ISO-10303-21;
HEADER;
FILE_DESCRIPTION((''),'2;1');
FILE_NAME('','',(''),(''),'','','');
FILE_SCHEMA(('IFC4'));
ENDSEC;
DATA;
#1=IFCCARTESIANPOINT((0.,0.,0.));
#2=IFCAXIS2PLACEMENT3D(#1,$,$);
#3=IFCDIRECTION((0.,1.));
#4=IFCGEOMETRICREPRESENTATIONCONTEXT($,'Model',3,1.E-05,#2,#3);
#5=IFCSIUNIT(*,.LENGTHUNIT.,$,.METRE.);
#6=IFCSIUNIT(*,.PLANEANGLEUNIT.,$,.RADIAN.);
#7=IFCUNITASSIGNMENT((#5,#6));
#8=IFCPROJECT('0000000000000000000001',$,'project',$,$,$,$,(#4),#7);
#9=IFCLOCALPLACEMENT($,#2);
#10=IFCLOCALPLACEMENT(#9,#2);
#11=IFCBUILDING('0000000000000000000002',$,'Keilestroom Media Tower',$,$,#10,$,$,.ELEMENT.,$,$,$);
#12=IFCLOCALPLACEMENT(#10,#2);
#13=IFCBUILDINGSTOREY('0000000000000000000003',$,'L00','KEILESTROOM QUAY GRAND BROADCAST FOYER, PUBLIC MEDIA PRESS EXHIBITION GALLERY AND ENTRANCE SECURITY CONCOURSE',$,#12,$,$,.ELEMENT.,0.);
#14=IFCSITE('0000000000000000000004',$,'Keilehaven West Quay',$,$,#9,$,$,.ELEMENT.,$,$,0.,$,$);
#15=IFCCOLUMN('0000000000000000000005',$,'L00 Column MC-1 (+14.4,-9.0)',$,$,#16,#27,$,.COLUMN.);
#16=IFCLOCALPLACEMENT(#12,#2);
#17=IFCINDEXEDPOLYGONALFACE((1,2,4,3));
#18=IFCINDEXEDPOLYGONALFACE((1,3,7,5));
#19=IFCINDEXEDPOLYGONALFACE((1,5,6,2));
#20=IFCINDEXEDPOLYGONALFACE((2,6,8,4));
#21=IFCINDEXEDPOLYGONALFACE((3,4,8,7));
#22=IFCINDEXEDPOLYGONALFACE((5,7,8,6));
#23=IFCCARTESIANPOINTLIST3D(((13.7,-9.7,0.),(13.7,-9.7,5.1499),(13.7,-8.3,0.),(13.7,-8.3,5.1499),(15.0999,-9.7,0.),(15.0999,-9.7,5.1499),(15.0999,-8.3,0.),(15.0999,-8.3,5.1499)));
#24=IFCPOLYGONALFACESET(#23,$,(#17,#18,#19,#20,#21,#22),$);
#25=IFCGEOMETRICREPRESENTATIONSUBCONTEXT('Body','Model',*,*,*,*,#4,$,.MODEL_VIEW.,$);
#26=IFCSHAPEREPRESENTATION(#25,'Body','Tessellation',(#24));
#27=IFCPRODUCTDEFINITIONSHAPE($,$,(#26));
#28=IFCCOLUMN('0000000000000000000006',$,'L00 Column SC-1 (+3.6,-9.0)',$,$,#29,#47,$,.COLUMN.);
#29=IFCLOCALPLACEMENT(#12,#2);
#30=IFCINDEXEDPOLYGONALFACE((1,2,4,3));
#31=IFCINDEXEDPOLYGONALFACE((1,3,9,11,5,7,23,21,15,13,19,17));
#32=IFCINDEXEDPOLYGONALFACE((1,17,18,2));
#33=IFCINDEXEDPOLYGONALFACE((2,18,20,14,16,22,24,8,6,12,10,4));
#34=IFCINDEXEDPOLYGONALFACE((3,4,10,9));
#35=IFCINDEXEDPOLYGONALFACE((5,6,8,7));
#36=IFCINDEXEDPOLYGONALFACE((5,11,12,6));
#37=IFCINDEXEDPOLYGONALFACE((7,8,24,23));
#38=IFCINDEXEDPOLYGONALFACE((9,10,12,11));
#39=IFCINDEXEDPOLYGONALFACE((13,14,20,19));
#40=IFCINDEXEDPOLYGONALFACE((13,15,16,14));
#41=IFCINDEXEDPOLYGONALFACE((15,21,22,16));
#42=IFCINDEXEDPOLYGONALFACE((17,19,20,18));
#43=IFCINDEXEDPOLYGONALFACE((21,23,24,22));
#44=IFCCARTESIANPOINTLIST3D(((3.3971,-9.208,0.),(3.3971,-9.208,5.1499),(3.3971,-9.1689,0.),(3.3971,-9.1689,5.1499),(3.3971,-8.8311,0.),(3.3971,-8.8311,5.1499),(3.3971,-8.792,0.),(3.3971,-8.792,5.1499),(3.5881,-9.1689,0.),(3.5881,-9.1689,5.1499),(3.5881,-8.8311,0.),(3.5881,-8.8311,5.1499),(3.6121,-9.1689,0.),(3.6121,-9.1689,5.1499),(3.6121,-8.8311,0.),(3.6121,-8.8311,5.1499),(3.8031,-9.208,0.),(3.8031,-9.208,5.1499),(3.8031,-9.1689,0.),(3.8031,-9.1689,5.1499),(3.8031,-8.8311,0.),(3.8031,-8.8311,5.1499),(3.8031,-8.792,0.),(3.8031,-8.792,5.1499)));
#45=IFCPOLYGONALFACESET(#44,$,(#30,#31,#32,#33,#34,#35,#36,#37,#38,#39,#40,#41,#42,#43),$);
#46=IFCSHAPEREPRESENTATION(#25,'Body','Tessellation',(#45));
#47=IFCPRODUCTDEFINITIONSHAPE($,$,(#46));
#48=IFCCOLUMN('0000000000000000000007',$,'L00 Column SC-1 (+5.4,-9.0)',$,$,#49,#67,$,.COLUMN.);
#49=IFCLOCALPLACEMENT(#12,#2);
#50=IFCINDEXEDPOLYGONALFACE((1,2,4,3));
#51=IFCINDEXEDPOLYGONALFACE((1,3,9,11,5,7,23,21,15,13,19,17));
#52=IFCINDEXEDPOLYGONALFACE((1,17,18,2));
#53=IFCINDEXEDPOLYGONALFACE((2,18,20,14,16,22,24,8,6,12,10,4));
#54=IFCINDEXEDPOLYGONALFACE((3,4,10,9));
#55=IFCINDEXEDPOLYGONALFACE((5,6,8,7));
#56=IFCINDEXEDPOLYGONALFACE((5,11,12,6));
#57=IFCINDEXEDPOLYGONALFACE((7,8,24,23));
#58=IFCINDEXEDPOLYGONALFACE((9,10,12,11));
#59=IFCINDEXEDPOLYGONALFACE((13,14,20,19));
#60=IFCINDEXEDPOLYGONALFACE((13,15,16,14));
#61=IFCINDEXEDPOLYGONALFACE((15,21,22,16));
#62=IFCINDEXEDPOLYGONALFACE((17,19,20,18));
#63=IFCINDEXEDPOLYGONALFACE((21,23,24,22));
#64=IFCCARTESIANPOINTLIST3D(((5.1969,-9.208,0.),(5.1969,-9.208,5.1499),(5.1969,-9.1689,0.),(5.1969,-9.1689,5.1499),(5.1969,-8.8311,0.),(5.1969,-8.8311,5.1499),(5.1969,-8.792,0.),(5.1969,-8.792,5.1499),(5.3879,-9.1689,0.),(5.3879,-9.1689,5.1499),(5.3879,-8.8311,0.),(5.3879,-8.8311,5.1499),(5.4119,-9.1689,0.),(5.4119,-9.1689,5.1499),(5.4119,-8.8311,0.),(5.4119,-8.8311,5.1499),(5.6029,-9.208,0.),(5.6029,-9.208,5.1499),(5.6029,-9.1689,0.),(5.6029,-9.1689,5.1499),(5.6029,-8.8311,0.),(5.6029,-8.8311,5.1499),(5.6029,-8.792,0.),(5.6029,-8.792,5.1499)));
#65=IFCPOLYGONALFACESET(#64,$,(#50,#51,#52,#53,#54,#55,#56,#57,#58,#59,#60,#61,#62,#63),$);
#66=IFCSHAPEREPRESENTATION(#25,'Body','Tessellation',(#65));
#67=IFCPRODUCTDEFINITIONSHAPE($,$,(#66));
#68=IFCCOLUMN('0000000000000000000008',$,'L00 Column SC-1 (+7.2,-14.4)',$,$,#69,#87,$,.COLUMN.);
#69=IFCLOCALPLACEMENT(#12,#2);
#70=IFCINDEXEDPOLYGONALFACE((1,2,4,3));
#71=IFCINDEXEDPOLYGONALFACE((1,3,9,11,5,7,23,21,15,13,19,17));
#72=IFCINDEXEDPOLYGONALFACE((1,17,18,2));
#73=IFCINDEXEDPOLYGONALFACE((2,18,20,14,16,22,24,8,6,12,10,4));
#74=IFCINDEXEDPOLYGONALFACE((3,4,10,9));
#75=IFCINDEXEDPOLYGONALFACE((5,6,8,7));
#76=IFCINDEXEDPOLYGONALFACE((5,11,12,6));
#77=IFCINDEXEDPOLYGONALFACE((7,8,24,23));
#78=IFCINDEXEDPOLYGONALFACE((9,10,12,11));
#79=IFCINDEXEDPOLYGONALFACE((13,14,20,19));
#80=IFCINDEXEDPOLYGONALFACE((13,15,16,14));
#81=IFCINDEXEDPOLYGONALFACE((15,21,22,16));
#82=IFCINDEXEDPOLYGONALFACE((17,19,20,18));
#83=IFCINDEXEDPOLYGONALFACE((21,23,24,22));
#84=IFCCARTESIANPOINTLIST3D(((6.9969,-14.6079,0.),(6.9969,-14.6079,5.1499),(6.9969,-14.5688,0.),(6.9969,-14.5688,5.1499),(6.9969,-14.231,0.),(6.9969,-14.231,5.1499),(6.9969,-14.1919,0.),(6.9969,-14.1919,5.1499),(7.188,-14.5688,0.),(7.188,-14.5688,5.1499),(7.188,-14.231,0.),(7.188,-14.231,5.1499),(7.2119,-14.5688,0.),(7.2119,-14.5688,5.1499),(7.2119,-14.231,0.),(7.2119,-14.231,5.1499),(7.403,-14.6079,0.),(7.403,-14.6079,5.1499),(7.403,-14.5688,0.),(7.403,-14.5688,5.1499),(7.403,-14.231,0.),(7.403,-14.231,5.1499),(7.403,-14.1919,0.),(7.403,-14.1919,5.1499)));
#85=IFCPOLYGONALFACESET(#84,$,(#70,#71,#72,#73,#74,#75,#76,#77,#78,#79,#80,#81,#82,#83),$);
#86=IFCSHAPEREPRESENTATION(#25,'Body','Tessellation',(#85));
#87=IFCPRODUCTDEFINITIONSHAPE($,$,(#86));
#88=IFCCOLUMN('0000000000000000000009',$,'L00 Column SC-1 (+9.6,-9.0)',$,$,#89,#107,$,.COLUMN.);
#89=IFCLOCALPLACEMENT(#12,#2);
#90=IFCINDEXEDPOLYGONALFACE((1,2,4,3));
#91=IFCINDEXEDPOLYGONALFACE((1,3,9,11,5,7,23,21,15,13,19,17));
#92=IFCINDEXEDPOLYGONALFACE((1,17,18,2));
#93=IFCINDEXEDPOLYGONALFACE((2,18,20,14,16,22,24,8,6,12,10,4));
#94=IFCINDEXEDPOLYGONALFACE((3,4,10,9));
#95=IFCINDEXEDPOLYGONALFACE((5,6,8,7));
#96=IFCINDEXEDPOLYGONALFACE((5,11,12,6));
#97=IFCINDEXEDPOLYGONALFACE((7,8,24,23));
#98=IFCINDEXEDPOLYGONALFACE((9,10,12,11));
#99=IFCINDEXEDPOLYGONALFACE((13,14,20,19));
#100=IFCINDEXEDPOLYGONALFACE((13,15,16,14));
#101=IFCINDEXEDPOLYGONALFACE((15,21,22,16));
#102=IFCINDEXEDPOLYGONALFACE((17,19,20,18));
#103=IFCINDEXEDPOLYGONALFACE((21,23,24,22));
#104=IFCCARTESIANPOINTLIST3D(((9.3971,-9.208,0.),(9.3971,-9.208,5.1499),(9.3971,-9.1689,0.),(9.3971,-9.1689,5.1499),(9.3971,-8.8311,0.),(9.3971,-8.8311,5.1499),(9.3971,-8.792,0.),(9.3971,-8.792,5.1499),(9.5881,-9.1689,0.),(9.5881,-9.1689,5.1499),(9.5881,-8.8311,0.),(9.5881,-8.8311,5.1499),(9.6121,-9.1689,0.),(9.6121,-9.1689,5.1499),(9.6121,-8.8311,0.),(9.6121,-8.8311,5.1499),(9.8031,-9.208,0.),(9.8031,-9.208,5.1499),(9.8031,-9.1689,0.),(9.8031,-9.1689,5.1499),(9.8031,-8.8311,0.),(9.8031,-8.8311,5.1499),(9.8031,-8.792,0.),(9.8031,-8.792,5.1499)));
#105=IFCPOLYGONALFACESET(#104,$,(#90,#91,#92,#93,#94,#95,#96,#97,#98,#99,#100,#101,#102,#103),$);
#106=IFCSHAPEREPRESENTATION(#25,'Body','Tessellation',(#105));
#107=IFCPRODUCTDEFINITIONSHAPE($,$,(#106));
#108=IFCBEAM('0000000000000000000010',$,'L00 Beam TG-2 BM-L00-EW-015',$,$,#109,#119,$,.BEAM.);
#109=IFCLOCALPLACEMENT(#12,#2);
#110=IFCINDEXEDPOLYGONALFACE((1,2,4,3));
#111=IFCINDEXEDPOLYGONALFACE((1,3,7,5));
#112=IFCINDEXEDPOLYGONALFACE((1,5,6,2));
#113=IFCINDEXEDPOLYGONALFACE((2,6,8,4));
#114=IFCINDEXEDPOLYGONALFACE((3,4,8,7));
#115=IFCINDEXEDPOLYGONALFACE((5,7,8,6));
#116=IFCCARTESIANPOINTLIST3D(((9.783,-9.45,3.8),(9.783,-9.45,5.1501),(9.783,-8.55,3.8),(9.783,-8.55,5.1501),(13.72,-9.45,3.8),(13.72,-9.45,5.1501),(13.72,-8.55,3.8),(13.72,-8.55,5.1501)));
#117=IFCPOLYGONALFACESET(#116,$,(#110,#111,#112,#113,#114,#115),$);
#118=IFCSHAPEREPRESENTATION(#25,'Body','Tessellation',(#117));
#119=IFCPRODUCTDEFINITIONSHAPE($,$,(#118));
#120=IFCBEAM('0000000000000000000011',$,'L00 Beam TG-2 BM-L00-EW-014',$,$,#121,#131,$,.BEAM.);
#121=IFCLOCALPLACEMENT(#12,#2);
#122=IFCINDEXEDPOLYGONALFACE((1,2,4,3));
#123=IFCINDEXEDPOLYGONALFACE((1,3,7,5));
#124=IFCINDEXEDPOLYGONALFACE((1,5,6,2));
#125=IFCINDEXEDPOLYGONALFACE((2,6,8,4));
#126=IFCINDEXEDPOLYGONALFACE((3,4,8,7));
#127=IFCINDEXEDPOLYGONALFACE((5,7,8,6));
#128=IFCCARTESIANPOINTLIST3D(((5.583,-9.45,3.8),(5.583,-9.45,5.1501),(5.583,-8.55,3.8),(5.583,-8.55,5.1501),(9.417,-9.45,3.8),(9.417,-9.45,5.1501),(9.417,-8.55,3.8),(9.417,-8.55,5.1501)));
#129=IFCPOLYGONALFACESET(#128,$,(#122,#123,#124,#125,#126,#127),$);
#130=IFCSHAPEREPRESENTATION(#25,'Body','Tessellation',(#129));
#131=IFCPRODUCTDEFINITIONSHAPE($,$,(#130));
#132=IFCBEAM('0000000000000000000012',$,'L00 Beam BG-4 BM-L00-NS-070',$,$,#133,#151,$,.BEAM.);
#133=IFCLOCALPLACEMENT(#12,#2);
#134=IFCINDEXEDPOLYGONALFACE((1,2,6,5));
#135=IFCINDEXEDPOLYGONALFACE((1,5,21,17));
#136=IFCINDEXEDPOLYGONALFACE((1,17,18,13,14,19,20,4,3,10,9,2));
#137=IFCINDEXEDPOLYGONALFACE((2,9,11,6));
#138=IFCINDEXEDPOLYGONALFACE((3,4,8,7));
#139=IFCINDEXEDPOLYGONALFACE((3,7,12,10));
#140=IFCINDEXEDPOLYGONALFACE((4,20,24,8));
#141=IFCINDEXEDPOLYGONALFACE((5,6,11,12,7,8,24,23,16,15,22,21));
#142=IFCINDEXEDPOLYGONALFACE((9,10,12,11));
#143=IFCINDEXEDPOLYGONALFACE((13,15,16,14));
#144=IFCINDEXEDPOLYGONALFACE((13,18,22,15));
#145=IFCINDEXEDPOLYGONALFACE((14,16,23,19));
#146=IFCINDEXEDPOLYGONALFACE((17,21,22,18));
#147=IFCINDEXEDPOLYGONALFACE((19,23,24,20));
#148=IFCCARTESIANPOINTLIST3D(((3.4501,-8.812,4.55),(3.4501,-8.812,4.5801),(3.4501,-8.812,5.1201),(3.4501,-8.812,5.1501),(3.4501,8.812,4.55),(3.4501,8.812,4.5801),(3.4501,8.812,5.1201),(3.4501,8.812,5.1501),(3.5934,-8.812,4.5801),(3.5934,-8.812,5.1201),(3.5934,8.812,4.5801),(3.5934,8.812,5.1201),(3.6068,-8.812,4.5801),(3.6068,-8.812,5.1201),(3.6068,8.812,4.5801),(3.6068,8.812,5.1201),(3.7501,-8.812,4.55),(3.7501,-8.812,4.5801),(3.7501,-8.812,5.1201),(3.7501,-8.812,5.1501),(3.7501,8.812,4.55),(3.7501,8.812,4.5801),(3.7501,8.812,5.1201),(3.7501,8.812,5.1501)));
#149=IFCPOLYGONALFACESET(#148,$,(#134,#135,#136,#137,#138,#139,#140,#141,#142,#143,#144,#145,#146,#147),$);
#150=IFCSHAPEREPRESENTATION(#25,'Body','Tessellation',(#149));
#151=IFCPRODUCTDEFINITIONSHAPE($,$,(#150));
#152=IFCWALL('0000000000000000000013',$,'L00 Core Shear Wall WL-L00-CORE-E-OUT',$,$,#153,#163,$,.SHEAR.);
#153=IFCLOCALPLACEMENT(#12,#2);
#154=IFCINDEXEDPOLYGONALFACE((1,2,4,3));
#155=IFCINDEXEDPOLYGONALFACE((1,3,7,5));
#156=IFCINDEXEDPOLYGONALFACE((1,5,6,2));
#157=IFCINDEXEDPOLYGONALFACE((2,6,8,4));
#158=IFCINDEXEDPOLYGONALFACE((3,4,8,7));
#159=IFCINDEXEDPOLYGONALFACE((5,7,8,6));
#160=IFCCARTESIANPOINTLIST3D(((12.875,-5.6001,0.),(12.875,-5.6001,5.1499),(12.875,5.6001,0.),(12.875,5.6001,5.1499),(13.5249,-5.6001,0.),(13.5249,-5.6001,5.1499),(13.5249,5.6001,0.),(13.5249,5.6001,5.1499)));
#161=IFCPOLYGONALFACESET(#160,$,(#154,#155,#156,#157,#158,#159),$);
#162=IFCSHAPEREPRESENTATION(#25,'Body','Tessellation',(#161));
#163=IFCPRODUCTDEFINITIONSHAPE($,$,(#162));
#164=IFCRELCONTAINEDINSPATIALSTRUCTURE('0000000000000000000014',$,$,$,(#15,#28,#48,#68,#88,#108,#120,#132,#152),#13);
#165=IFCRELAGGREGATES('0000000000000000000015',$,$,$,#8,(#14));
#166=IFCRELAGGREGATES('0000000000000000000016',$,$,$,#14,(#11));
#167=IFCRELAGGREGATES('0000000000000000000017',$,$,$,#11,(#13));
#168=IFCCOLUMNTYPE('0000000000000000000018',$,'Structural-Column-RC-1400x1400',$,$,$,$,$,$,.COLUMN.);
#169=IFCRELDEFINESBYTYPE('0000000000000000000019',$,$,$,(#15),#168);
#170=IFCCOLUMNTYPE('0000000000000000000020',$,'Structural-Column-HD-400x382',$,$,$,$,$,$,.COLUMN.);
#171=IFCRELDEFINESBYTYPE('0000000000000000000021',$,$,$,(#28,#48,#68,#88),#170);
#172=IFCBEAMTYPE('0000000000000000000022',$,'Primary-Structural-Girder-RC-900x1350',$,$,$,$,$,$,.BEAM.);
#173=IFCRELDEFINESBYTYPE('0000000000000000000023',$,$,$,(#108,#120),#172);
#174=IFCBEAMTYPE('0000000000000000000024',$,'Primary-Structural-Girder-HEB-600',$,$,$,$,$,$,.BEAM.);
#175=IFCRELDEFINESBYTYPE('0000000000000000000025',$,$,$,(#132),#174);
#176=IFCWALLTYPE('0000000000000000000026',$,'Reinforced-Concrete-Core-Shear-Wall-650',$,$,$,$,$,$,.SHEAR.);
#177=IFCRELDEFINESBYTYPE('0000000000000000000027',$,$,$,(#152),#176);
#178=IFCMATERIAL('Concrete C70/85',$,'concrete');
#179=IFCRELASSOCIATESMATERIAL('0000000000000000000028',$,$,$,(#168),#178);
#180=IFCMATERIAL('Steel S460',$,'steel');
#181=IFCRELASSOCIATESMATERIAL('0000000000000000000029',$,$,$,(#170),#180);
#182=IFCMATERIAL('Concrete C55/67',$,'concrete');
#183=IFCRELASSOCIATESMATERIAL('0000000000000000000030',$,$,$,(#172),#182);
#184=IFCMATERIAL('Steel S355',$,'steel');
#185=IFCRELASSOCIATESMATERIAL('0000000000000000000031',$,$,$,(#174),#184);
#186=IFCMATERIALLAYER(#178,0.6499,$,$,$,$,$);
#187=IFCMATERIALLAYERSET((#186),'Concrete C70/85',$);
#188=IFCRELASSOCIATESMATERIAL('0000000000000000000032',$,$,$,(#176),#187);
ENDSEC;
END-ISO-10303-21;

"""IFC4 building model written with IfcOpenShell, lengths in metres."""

from ifc_helpers import new_model, si_unit, direction, frame, frame_2d, origin, origin_2d, place, context, subcontext, project, spatial, rectangle, i_section, extrude, source, transform, mapped, material, layer, layer_set, material_profile, profile_set, type_object, element, save


model = new_model("IFC4")

# Units and contexts
model_context = context("Model", 3, precision=1e-05, world=origin(), true_north=direction((0.0, 1.0)))
body_context = subcontext(model_context, "Body", "Model", "MODEL_VIEW")
ifc_project = project(units=[si_unit("LENGTHUNIT", "METRE"), si_unit("PLANEANGLEUNIT", "RADIAN")], contexts=[model_context])

# Site, building, storey
site_placement = place(None, origin())
site = spatial("IfcSite", under=ifc_project, at=site_placement, Name="Keilehaven West Quay", CompositionType="ELEMENT", RefElevation=0.0)
building_placement = place(site_placement, origin())
building = spatial("IfcBuilding", under=site, at=building_placement, Name="Keilestroom Media Tower", CompositionType="ELEMENT")
storey_placement = place(building_placement, origin())
storey = spatial("IfcBuildingStorey", under=building, at=storey_placement, Name="L00", Description="KEILESTROOM QUAY GRAND BROADCAST FOYER, PUBLIC MEDIA PRESS EXHIBITION GALLERY AND ENTRANCE SECURITY CONCOURSE", CompositionType="ELEMENT", Elevation=0.0)

# Columns
ifc_material_1 = material(Name="Concrete C70/85", Category="concrete")
ifc_material_profile_1 = material_profile(ifc_material_1, rectangle(XDim=1.3999, YDim=1.3999, at=origin_2d()), Name="RC 1400x1400")
ifc_profile_set_1 = profile_set([ifc_material_profile_1], Name="Concrete C70/85")
column_type_1 = type_object("IfcColumnType", Name="Structural-Column-RC-1400x1400", PredefinedType="COLUMN", material=ifc_profile_set_1)
shared_shape_1 = source(origin(), body_context, "Body", "SweptSolid", [
    extrude(rectangle(XDim=1.3999, YDim=1.3999, at=origin_2d()), origin(), (0.0, 0.0, 1.0), 5.1499),
])
column_placement = place(storey_placement, frame((14.3999, -9.0, 0.0), z_axis=(0.0, 0.0, 1.0), x_axis=(1.0, 0.0, 0.0)))
element("IfcColumn", 1, at=column_placement, inside=storey, type_object=column_type_1, Name="L00 Column MC-1 (+14.4,-9.0)", PredefinedType="COLUMN", context=body_context, shape_type="MappedRepresentation", body=[
    mapped(shared_shape_1, transform((0.0, 0.0, 0.0), x_axis=(1.0, 0.0, 0.0), y_axis=(0.0, 1.0, 0.0), z_axis=(0.0, 0.0, 1.0), scale=1.0)),
])
ifc_material_2 = material(Name="Steel S460", Category="steel")
ifc_material_profile_2 = material_profile(ifc_material_2, i_section(OverallWidth=0.406, OverallDepth=0.416, WebThickness=0.0239, FlangeThickness=0.0391, at=origin_2d()), Name="HD 400x382")
ifc_profile_set_2 = profile_set([ifc_material_profile_2], Name="Steel S460")
column_type_2 = type_object("IfcColumnType", Name="Structural-Column-HD-400x382", PredefinedType="COLUMN", material=ifc_profile_set_2)
shared_shape_2 = source(origin(), body_context, "Body", "SweptSolid", [
    extrude(i_section(OverallWidth=0.406, OverallDepth=0.416, WebThickness=0.0239, FlangeThickness=0.0391, at=origin_2d()), origin(), (0.0, 0.0, 1.0), 5.1499),
])
for number, where, z_axis, x_axis, name in (
    (2, (3.6001, -9.0, 0.0), (0.0, 0.0, 1.0), (1.0, 0.0, 0.0), "L00 Column SC-1 (+3.6,-9.0)"),
    (3, (5.3999, -9.0, 0.0), (0.0, 0.0, 1.0), (1.0, 0.0, 0.0), "L00 Column SC-1 (+5.4,-9.0)"),
    (4, (7.2, -14.3999, 0.0), (0.0, 0.0, 1.0), (1.0, 0.0, 0.0), "L00 Column SC-1 (+7.2,-14.4)"),
    (5, (9.6001, -9.0, 0.0), (0.0, 0.0, 1.0), (1.0, 0.0, 0.0), "L00 Column SC-1 (+9.6,-9.0)"),
):
    element("IfcColumn", number, at=place(storey_placement, frame(where, z_axis=z_axis, x_axis=x_axis)), inside=storey, type_object=column_type_2, Name=name, PredefinedType="COLUMN", context=body_context, shape_type="MappedRepresentation", body=[
        mapped(shared_shape_2, transform((0.0, 0.0, 0.0), x_axis=(1.0, 0.0, 0.0), y_axis=(0.0, 1.0, 0.0), z_axis=(0.0, 0.0, 1.0), scale=1.0)),
    ])

# Beams
ifc_material_3 = material(Name="Concrete C55/67", Category="concrete")
ifc_material_profile_3 = material_profile(ifc_material_3, rectangle(XDim=0.8999, YDim=1.3501, at=origin_2d()), Name="RC 900x1350")
ifc_profile_set_3 = profile_set([ifc_material_profile_3], Name="Concrete C55/67")
beam_type_1 = type_object("IfcBeamType", Name="Primary-Structural-Girder-RC-900x1350", PredefinedType="BEAM", material=ifc_profile_set_3)
shared_shape_3 = source(origin(), body_context, "Body", "SweptSolid", [
    extrude(rectangle(XDim=0.8999, YDim=1.3501, at=origin_2d()), origin(), (0.0, 0.0, 1.0), 3.937),
])
beam_1_placement = place(storey_placement, frame((9.783, -9.0, 4.4751), z_axis=(1.0, 0.0, 0.0), x_axis=(0.0, 1.0, 0.0)))
element("IfcBeam", 6, at=beam_1_placement, inside=storey, type_object=beam_type_1, Name="L00 Beam TG-2 BM-L00-EW-015", PredefinedType="BEAM", context=body_context, shape_type="MappedRepresentation", body=[
    mapped(shared_shape_3, transform((0.0, 0.0, 0.0), x_axis=(1.0, 0.0, 0.0), y_axis=(0.0, 1.0, 0.0), z_axis=(0.0, 0.0, 1.0), scale=1.0)),
])
shared_shape_4 = source(origin(), body_context, "Body", "SweptSolid", [
    extrude(rectangle(XDim=0.8999, YDim=1.3501, at=origin_2d()), origin(), (0.0, 0.0, 1.0), 3.834),
])
beam_2_placement = place(storey_placement, frame((5.583, -9.0, 4.4751), z_axis=(1.0, 0.0, 0.0), x_axis=(0.0, 1.0, 0.0)))
element("IfcBeam", 7, at=beam_2_placement, inside=storey, type_object=beam_type_1, Name="L00 Beam TG-2 BM-L00-EW-014", PredefinedType="BEAM", context=body_context, shape_type="MappedRepresentation", body=[
    mapped(shared_shape_4, transform((0.0, 0.0, 0.0), x_axis=(1.0, 0.0, 0.0), y_axis=(0.0, 1.0, 0.0), z_axis=(0.0, 0.0, 1.0), scale=1.0)),
])
ifc_material_4 = material(Name="Steel S355", Category="steel")
ifc_material_profile_4 = material_profile(ifc_material_4, i_section(OverallWidth=0.3, OverallDepth=0.6001, WebThickness=0.0134, FlangeThickness=0.03, at=origin_2d()), Name="HEB 600")
ifc_profile_set_4 = profile_set([ifc_material_profile_4], Name="Steel S355")
beam_type_2 = type_object("IfcBeamType", Name="Primary-Structural-Girder-HEB-600", PredefinedType="BEAM", material=ifc_profile_set_4)
shared_shape_5 = source(origin(), body_context, "Body", "SweptSolid", [
    extrude(i_section(OverallWidth=0.3, OverallDepth=0.6001, WebThickness=0.0134, FlangeThickness=0.03, at=origin_2d()), origin(), (0.0, 0.0, 1.0), 17.624),
])
beam_3_placement = place(storey_placement, frame((3.6001, -8.812, 4.8501), z_axis=(0.0, 1.0, 0.0), x_axis=(-1.0, 0.0, 0.0)))
element("IfcBeam", 8, at=beam_3_placement, inside=storey, type_object=beam_type_2, Name="L00 Beam BG-4 BM-L00-NS-070", PredefinedType="BEAM", context=body_context, shape_type="MappedRepresentation", body=[
    mapped(shared_shape_5, transform((0.0, 0.0, 0.0), x_axis=(1.0, 0.0, 0.0), y_axis=(0.0, 1.0, 0.0), z_axis=(0.0, 0.0, 1.0), scale=1.0)),
])

# Wall
ifc_layer_1 = layer(ifc_material_1, 0.6499)
ifc_layer_set_1 = layer_set([ifc_layer_1], Name="Concrete C70/85")
wall_type_1 = type_object("IfcWallType", Name="Reinforced-Concrete-Core-Shear-Wall-650", PredefinedType="SHEAR", material=ifc_layer_set_1)
wall_1_placement = place(storey_placement, frame((13.2, -5.6001, 0.0), z_axis=(0.0, 0.0, 1.0), x_axis=(0.0, 1.0, 0.0)))
element("IfcWall", 9, at=wall_1_placement, inside=storey, type_object=wall_type_1, Name="L00 Core Shear Wall WL-L00-CORE-E-OUT", PredefinedType="SHEAR", context=body_context, shape_type="SweptSolid", body=[
    extrude(rectangle(XDim=11.2002, YDim=0.6499, at=frame_2d((5.6001, 0.0))), origin(), (0.0, 0.0, 1.0), 5.1499),
])

save(model, "model.ifc")
